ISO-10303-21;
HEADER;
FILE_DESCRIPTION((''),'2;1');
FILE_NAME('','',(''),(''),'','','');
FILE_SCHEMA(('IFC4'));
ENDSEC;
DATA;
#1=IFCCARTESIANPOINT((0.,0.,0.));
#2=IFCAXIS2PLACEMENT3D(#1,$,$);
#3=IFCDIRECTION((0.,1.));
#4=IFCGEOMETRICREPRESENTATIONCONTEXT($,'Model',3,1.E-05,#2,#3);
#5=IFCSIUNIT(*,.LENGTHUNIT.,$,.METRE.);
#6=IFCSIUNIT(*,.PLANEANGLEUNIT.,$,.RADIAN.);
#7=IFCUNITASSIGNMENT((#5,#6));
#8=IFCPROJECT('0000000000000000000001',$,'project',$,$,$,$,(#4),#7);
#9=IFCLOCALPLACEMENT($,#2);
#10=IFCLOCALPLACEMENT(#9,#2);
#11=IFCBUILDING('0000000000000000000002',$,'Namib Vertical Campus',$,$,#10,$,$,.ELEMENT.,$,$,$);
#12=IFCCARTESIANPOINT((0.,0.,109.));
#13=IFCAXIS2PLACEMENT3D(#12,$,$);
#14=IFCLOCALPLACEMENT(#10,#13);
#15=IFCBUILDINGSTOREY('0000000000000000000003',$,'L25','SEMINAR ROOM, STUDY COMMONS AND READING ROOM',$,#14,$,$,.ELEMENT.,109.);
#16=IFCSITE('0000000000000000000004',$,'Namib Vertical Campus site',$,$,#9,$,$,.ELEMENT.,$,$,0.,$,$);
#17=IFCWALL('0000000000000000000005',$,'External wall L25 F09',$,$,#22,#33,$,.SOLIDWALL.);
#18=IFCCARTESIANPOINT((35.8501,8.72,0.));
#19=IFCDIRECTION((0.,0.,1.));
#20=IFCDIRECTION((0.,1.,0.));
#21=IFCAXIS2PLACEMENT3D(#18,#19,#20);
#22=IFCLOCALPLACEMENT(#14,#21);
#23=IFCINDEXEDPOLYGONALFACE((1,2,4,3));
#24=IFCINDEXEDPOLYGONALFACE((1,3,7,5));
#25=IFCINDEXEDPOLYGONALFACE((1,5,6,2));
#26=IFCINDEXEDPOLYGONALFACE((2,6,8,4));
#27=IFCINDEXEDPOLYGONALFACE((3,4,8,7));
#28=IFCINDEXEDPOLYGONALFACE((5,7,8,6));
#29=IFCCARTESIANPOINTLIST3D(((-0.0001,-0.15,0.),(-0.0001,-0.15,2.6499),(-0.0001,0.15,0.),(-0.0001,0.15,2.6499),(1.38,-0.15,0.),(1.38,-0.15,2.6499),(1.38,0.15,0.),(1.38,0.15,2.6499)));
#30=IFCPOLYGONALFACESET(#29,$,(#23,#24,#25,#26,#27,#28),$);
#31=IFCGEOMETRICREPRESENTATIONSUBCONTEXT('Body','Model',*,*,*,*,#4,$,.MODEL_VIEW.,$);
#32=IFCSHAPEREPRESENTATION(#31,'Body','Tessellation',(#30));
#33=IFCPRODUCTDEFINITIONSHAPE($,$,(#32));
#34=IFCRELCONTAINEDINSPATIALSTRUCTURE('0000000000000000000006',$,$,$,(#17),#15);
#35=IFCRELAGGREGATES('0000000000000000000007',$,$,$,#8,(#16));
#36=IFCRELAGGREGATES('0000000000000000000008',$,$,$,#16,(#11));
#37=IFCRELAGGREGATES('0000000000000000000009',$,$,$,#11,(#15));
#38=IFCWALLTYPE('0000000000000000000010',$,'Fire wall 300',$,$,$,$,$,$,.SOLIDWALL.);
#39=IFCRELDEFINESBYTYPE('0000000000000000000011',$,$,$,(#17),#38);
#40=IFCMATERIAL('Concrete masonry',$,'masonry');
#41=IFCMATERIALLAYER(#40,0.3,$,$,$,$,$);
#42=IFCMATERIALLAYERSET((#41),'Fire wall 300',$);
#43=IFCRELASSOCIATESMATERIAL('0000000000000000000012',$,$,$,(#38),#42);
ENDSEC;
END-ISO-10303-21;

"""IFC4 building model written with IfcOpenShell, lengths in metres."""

from ifc_helpers import new_model, si_unit, direction, frame, frame_2d, origin, place, context, subcontext, project, spatial, rectangle, extrude, material, layer, layer_set, type_object, element, save


model = new_model("IFC4")

# Units and contexts
model_context = context("Model", 3, precision=1e-05, world=origin(), true_north=direction((0.0, 1.0)))
body_context = subcontext(model_context, "Body", "Model", "MODEL_VIEW")
ifc_project = project(units=[si_unit("LENGTHUNIT", "METRE"), si_unit("PLANEANGLEUNIT", "RADIAN")], contexts=[model_context])

# Site, building, storey
site_placement = place(None, origin())
site = spatial("IfcSite", under=ifc_project, at=site_placement, Name="Namib Vertical Campus site", CompositionType="ELEMENT", RefElevation=0.0)
building_placement = place(site_placement, origin())
building = spatial("IfcBuilding", under=site, at=building_placement, Name="Namib Vertical Campus", CompositionType="ELEMENT")
storey_placement = place(building_placement, frame((0.0, 0.0, 109.0)))
storey = spatial("IfcBuildingStorey", under=building, at=storey_placement, Name="L25", Description="SEMINAR ROOM, STUDY COMMONS AND READING ROOM", CompositionType="ELEMENT", Elevation=109.0)

# Wall
ifc_material_1 = material(Name="Concrete masonry", Category="masonry")
ifc_layer_1 = layer(ifc_material_1, 0.3)
ifc_layer_set_1 = layer_set([ifc_layer_1], Name="Fire wall 300")
wall_type_1 = type_object("IfcWallType", Name="Fire wall 300", PredefinedType="SOLIDWALL", material=ifc_layer_set_1)
wall_1_placement = place(storey_placement, frame((35.8501, 8.72, 0.0), z_axis=(0.0, 0.0, 1.0), x_axis=(0.0, 1.0, 0.0)))
element("IfcWall", 1, at=wall_1_placement, inside=storey, type_object=wall_type_1, Name="External wall L25 F09", PredefinedType="SOLIDWALL", context=body_context, shape_type="SweptSolid", body=[
    extrude(rectangle(XDim=1.3801, YDim=0.3, at=frame_2d((0.6899, 0.0))), origin(), (0.0, 0.0, 1.0), 2.6499),
])

save(model, "model.ifc")
